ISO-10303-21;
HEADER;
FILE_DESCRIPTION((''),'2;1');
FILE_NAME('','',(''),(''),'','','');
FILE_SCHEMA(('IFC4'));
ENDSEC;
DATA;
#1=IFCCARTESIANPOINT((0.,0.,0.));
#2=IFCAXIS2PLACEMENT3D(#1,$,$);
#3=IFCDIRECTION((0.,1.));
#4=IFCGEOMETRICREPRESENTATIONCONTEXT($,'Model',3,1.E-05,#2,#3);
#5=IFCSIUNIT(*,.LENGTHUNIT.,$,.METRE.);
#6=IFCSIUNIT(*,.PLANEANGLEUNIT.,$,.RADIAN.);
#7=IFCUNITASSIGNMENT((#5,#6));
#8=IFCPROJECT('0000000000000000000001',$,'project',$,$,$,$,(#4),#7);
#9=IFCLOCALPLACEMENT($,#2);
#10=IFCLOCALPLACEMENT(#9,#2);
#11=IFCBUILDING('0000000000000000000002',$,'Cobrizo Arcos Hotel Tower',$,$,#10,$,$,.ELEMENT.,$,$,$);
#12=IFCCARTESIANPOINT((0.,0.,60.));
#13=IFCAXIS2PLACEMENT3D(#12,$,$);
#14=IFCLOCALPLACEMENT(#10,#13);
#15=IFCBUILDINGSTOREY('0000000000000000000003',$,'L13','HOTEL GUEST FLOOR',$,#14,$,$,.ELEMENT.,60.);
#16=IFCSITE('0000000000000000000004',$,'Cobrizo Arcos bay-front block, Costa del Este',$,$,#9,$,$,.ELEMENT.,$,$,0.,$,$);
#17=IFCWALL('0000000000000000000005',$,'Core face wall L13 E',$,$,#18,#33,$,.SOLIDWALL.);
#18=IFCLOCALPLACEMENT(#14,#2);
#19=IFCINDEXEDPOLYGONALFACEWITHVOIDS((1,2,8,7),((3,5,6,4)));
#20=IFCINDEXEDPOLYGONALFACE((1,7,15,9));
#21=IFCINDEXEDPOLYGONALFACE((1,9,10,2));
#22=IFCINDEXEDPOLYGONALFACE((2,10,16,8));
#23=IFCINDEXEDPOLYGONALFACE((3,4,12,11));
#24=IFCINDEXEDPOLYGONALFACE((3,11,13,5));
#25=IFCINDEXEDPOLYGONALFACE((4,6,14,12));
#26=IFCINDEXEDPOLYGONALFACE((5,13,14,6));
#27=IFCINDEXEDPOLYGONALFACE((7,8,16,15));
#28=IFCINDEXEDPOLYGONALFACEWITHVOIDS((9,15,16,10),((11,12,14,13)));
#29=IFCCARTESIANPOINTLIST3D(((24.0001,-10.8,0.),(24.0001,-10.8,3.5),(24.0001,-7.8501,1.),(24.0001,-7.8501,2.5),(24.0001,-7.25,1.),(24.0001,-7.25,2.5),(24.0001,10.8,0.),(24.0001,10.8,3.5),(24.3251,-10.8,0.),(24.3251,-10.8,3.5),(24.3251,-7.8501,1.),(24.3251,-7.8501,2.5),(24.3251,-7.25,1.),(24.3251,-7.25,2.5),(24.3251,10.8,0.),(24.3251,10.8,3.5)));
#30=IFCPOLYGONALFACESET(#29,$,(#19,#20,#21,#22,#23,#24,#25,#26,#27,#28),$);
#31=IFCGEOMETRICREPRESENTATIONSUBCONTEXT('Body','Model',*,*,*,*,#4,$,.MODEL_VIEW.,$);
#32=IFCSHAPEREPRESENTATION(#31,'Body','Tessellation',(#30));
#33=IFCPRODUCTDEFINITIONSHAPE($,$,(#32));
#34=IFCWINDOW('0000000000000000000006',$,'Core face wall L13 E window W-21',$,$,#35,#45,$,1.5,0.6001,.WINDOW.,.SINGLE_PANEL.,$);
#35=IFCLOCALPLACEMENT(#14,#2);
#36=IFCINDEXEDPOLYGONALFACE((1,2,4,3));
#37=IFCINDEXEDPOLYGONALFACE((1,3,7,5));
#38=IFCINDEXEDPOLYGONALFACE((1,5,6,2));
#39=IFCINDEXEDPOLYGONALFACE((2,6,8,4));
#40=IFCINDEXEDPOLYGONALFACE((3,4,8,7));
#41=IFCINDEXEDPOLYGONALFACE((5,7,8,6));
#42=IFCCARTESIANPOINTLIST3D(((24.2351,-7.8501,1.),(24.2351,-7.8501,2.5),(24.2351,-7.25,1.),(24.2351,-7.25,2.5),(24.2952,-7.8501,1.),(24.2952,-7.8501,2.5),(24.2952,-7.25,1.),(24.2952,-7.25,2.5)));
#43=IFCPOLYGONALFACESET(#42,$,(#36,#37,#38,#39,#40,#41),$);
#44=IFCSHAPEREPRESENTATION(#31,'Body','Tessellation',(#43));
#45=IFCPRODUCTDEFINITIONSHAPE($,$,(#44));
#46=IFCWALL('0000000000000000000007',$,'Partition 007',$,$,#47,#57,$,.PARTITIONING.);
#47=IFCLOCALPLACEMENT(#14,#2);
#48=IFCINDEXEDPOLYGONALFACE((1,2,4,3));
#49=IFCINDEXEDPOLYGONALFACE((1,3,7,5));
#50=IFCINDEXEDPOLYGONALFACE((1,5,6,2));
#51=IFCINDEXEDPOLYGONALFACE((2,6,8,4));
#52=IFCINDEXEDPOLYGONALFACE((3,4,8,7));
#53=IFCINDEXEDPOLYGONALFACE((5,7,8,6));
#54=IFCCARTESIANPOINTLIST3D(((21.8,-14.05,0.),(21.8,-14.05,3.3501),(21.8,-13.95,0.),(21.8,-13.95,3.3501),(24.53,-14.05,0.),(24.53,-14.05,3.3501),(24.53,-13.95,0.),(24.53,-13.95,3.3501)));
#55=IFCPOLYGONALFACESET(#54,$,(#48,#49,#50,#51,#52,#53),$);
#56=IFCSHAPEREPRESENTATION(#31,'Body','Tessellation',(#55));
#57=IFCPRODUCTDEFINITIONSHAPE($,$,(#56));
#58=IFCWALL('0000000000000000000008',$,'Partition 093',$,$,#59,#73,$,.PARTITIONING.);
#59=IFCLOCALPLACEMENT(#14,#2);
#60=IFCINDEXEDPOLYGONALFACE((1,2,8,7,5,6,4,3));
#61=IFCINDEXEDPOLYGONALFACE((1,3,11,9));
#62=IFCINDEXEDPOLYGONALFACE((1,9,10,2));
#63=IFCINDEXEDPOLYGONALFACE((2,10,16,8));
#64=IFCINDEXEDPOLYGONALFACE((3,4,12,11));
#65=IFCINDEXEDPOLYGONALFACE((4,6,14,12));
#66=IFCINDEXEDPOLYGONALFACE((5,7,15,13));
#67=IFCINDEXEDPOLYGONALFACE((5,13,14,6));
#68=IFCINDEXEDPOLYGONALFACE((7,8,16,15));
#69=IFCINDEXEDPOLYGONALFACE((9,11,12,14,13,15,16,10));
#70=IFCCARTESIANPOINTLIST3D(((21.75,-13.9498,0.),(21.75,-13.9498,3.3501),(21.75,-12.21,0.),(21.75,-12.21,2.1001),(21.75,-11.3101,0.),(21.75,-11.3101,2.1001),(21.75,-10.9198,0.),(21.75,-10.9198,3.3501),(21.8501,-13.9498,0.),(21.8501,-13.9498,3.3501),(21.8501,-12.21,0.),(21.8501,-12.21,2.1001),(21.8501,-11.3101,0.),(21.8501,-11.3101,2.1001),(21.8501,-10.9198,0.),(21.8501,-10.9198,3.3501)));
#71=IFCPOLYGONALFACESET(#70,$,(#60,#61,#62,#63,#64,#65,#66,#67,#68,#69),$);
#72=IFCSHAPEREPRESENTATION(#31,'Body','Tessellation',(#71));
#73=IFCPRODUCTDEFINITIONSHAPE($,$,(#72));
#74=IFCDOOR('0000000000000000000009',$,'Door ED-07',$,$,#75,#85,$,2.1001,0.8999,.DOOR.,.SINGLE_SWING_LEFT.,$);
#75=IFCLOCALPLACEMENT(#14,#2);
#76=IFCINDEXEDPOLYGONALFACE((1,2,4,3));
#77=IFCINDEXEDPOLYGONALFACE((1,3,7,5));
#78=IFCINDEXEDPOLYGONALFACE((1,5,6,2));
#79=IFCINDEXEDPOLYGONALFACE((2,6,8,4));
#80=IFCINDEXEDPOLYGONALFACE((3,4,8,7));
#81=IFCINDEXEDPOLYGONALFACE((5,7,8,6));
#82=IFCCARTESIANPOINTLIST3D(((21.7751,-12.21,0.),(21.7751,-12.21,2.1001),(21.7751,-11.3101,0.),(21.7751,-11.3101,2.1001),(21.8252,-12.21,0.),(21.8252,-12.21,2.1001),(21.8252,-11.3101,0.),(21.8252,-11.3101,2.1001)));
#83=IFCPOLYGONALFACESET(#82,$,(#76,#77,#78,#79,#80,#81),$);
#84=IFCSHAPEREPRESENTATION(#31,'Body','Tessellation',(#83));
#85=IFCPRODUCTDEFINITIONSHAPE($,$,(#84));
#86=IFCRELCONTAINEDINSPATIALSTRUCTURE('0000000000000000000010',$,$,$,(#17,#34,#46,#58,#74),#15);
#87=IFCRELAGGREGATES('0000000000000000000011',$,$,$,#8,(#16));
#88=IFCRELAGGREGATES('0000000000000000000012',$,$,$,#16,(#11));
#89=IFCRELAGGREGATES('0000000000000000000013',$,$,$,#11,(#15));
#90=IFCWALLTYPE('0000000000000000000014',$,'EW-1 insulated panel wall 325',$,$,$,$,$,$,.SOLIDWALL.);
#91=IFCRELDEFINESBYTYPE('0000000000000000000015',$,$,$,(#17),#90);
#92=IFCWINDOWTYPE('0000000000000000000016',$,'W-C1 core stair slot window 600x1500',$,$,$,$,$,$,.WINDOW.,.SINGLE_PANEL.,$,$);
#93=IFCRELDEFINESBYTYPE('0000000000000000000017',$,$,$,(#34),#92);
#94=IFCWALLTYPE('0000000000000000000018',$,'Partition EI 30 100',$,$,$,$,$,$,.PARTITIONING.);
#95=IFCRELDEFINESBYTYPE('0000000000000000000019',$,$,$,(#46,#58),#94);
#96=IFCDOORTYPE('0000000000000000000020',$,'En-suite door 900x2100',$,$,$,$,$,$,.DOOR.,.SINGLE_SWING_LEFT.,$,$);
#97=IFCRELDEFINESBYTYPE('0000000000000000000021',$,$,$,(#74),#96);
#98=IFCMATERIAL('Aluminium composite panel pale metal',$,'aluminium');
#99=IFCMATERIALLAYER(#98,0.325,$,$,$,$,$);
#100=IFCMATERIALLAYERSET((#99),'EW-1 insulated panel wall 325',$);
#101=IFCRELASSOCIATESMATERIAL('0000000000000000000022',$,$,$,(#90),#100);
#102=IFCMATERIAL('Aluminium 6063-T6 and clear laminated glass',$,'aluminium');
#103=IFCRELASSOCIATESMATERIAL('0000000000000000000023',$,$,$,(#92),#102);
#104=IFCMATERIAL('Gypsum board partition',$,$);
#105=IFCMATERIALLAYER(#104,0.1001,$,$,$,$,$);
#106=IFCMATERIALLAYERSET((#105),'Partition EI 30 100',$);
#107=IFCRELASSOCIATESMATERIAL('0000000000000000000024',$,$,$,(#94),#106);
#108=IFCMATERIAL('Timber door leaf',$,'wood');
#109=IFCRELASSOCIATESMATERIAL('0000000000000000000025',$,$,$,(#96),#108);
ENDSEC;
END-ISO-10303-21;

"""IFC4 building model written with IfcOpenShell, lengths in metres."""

from ifc_helpers import new_model, si_unit, direction, frame, frame_2d, origin, place, context, subcontext, project, spatial, rectangle, extrude, material, layer, layer_set, type_object, element, fill, save


model = new_model("IFC4")

# Units and contexts
model_context = context("Model", 3, precision=1e-05, world=origin(), true_north=direction((0.0, 1.0)))
body_context = subcontext(model_context, "Body", "Model", "MODEL_VIEW")
ifc_project = project(units=[si_unit("LENGTHUNIT", "METRE"), si_unit("PLANEANGLEUNIT", "RADIAN")], contexts=[model_context])

# Site, building, storey
site_placement = place(None, origin())
site = spatial("IfcSite", under=ifc_project, at=site_placement, Name="Cobrizo Arcos bay-front block, Costa del Este", CompositionType="ELEMENT", RefElevation=0.0)
building_placement = place(site_placement, origin())
building = spatial("IfcBuilding", under=site, at=building_placement, Name="Cobrizo Arcos Hotel Tower", CompositionType="ELEMENT")
storey_placement = place(building_placement, frame((0.0, 0.0, 60.0)))
storey = spatial("IfcBuildingStorey", under=building, at=storey_placement, Name="L13", Description="HOTEL GUEST FLOOR", CompositionType="ELEMENT", Elevation=60.0)

# Shared definitions
ifc_material_1 = material(Name="Aluminium composite panel pale metal", Category="aluminium")

# Wall, opening, window
ifc_layer_1 = layer(ifc_material_1, 0.325)
ifc_layer_set_1 = layer_set([ifc_layer_1], Name="EW-1 insulated panel wall 325")
wall_type_1 = type_object("IfcWallType", Name="EW-1 insulated panel wall 325", PredefinedType="SOLIDWALL", material=ifc_layer_set_1)
wall_1_placement = place(storey_placement, frame((24.1626, -10.8, 0.0), z_axis=(0.0, 0.0, 1.0), x_axis=(0.0, 1.0, 0.0)))
wall_1 = element("IfcWall", 1, at=wall_1_placement, inside=storey, type_object=wall_type_1, Name="Core face wall L13 E", PredefinedType="SOLIDWALL", context=body_context, shape_type="SweptSolid", body=[
    extrude(rectangle(XDim=21.6001, YDim=0.325, at=frame_2d((10.8, 0.0))), origin(), (0.0, 0.0, 1.0), 3.5),
])
opening_1_placement = place(wall_1_placement, frame((2.95, 0.0, 1.0)))
opening_1 = element("IfcOpeningElement", 2, at=opening_1_placement, cuts=wall_1, PredefinedType="OPENING", context=body_context, shape_type="SweptSolid", body=[
    extrude(rectangle(XDim=0.6001, YDim=1.5, at=frame_2d((0.3, 0.75))), frame((0.0, 0.1746, 0.0), z_axis=(0.0, -1.0, 0.0), x_axis=(1.0, 0.0, 0.0)), (0.0, 0.0, 1.0), 0.3489),
])
ifc_material_2 = material(Name="Aluminium 6063-T6 and clear laminated glass", Category="aluminium")
window_type = type_object("IfcWindowType", Name="W-C1 core stair slot window 600x1500", PartitioningType="SINGLE_PANEL", PredefinedType="WINDOW", material=ifc_material_2)
window_placement = place(opening_1_placement, origin())
window = element("IfcWindow", 3, at=window_placement, inside=storey, type_object=window_type, Name="Core face wall L13 E window W-21", OverallHeight=1.5, OverallWidth=0.6001, PartitioningType="SINGLE_PANEL", PredefinedType="WINDOW", context=body_context, shape_type="SweptSolid", body=[
    extrude(rectangle(XDim=0.6001, YDim=1.5, at=frame_2d((0.3, 0.75))), frame((0.0, -0.0725, 0.0), z_axis=(0.0, -1.0, 0.0), x_axis=(1.0, 0.0, 0.0)), (0.0, 0.0, 1.0), 0.0601),
])
fill(opening_1, window)

# Wall
ifc_material_3 = material(Name="Gypsum board partition")
ifc_layer_2 = layer(ifc_material_3, 0.1001)
ifc_layer_set_2 = layer_set([ifc_layer_2], Name="Partition EI 30 100")
wall_type_2 = type_object("IfcWallType", Name="Partition EI 30 100", PredefinedType="PARTITIONING", material=ifc_layer_set_2)
wall_2_placement = place(storey_placement, frame((21.8, -14.0, 0.0), z_axis=(0.0, 0.0, 1.0), x_axis=(1.0, 0.0, 0.0)))
element("IfcWall", 4, at=wall_2_placement, inside=storey, type_object=wall_type_2, Name="Partition 007", PredefinedType="PARTITIONING", context=body_context, shape_type="SweptSolid", body=[
    extrude(rectangle(XDim=2.73, YDim=0.1001, at=frame_2d((1.365, 0.0))), origin(), (0.0, 0.0, 1.0), 3.3501),
])

# Wall, opening, door
wall_3_placement = place(storey_placement, frame((21.8, -13.95, 0.0), z_axis=(0.0, 0.0, 1.0), x_axis=(0.0, 1.0, 0.0)))
wall_3 = element("IfcWall", 5, at=wall_3_placement, inside=storey, type_object=wall_type_2, Name="Partition 093", PredefinedType="PARTITIONING", context=body_context, shape_type="SweptSolid", body=[
    extrude(rectangle(XDim=3.03, YDim=0.1001, at=frame_2d((1.5151, 0.0))), origin(), (0.0, 0.0, 1.0), 3.3501),
])
opening_2_placement = place(wall_3_placement, frame((1.74, 0.0, 0.0)))
opening_2 = element("IfcOpeningElement", 6, at=opening_2_placement, cuts=wall_3, PredefinedType="OPENING", context=body_context, shape_type="SweptSolid", body=[
    extrude(rectangle(XDim=0.8999, YDim=2.1001, at=frame_2d((0.45, 1.05))), frame((0.0, 0.062, 0.0), z_axis=(0.0, -1.0, 0.0), x_axis=(1.0, 0.0, 0.0)), (0.0, 0.0, 1.0), 0.124),
])
ifc_material_4 = material(Name="Timber door leaf", Category="wood")
door_type_1 = type_object("IfcDoorType", Name="En-suite door 900x2100", OperationType="SINGLE_SWING_LEFT", PredefinedType="DOOR", material=ifc_material_4)
door_1_placement = place(opening_2_placement, origin())
door_1 = element("IfcDoor", 7, at=door_1_placement, inside=storey, type_object=door_type_1, Name="Door ED-07", OperationType="SINGLE_SWING_LEFT", OverallHeight=2.1001, OverallWidth=0.8999, PredefinedType="DOOR", context=body_context, shape_type="SweptSolid", body=[
    extrude(rectangle(XDim=0.8999, YDim=2.1001, at=frame_2d((0.45, 1.05))), frame((0.0, 0.0249, 0.0), z_axis=(0.0, -1.0, 0.0), x_axis=(1.0, 0.0, 0.0)), (0.0, 0.0, 1.0), 0.05),
])
fill(opening_2, door_1)

save(model, "model.ifc")
